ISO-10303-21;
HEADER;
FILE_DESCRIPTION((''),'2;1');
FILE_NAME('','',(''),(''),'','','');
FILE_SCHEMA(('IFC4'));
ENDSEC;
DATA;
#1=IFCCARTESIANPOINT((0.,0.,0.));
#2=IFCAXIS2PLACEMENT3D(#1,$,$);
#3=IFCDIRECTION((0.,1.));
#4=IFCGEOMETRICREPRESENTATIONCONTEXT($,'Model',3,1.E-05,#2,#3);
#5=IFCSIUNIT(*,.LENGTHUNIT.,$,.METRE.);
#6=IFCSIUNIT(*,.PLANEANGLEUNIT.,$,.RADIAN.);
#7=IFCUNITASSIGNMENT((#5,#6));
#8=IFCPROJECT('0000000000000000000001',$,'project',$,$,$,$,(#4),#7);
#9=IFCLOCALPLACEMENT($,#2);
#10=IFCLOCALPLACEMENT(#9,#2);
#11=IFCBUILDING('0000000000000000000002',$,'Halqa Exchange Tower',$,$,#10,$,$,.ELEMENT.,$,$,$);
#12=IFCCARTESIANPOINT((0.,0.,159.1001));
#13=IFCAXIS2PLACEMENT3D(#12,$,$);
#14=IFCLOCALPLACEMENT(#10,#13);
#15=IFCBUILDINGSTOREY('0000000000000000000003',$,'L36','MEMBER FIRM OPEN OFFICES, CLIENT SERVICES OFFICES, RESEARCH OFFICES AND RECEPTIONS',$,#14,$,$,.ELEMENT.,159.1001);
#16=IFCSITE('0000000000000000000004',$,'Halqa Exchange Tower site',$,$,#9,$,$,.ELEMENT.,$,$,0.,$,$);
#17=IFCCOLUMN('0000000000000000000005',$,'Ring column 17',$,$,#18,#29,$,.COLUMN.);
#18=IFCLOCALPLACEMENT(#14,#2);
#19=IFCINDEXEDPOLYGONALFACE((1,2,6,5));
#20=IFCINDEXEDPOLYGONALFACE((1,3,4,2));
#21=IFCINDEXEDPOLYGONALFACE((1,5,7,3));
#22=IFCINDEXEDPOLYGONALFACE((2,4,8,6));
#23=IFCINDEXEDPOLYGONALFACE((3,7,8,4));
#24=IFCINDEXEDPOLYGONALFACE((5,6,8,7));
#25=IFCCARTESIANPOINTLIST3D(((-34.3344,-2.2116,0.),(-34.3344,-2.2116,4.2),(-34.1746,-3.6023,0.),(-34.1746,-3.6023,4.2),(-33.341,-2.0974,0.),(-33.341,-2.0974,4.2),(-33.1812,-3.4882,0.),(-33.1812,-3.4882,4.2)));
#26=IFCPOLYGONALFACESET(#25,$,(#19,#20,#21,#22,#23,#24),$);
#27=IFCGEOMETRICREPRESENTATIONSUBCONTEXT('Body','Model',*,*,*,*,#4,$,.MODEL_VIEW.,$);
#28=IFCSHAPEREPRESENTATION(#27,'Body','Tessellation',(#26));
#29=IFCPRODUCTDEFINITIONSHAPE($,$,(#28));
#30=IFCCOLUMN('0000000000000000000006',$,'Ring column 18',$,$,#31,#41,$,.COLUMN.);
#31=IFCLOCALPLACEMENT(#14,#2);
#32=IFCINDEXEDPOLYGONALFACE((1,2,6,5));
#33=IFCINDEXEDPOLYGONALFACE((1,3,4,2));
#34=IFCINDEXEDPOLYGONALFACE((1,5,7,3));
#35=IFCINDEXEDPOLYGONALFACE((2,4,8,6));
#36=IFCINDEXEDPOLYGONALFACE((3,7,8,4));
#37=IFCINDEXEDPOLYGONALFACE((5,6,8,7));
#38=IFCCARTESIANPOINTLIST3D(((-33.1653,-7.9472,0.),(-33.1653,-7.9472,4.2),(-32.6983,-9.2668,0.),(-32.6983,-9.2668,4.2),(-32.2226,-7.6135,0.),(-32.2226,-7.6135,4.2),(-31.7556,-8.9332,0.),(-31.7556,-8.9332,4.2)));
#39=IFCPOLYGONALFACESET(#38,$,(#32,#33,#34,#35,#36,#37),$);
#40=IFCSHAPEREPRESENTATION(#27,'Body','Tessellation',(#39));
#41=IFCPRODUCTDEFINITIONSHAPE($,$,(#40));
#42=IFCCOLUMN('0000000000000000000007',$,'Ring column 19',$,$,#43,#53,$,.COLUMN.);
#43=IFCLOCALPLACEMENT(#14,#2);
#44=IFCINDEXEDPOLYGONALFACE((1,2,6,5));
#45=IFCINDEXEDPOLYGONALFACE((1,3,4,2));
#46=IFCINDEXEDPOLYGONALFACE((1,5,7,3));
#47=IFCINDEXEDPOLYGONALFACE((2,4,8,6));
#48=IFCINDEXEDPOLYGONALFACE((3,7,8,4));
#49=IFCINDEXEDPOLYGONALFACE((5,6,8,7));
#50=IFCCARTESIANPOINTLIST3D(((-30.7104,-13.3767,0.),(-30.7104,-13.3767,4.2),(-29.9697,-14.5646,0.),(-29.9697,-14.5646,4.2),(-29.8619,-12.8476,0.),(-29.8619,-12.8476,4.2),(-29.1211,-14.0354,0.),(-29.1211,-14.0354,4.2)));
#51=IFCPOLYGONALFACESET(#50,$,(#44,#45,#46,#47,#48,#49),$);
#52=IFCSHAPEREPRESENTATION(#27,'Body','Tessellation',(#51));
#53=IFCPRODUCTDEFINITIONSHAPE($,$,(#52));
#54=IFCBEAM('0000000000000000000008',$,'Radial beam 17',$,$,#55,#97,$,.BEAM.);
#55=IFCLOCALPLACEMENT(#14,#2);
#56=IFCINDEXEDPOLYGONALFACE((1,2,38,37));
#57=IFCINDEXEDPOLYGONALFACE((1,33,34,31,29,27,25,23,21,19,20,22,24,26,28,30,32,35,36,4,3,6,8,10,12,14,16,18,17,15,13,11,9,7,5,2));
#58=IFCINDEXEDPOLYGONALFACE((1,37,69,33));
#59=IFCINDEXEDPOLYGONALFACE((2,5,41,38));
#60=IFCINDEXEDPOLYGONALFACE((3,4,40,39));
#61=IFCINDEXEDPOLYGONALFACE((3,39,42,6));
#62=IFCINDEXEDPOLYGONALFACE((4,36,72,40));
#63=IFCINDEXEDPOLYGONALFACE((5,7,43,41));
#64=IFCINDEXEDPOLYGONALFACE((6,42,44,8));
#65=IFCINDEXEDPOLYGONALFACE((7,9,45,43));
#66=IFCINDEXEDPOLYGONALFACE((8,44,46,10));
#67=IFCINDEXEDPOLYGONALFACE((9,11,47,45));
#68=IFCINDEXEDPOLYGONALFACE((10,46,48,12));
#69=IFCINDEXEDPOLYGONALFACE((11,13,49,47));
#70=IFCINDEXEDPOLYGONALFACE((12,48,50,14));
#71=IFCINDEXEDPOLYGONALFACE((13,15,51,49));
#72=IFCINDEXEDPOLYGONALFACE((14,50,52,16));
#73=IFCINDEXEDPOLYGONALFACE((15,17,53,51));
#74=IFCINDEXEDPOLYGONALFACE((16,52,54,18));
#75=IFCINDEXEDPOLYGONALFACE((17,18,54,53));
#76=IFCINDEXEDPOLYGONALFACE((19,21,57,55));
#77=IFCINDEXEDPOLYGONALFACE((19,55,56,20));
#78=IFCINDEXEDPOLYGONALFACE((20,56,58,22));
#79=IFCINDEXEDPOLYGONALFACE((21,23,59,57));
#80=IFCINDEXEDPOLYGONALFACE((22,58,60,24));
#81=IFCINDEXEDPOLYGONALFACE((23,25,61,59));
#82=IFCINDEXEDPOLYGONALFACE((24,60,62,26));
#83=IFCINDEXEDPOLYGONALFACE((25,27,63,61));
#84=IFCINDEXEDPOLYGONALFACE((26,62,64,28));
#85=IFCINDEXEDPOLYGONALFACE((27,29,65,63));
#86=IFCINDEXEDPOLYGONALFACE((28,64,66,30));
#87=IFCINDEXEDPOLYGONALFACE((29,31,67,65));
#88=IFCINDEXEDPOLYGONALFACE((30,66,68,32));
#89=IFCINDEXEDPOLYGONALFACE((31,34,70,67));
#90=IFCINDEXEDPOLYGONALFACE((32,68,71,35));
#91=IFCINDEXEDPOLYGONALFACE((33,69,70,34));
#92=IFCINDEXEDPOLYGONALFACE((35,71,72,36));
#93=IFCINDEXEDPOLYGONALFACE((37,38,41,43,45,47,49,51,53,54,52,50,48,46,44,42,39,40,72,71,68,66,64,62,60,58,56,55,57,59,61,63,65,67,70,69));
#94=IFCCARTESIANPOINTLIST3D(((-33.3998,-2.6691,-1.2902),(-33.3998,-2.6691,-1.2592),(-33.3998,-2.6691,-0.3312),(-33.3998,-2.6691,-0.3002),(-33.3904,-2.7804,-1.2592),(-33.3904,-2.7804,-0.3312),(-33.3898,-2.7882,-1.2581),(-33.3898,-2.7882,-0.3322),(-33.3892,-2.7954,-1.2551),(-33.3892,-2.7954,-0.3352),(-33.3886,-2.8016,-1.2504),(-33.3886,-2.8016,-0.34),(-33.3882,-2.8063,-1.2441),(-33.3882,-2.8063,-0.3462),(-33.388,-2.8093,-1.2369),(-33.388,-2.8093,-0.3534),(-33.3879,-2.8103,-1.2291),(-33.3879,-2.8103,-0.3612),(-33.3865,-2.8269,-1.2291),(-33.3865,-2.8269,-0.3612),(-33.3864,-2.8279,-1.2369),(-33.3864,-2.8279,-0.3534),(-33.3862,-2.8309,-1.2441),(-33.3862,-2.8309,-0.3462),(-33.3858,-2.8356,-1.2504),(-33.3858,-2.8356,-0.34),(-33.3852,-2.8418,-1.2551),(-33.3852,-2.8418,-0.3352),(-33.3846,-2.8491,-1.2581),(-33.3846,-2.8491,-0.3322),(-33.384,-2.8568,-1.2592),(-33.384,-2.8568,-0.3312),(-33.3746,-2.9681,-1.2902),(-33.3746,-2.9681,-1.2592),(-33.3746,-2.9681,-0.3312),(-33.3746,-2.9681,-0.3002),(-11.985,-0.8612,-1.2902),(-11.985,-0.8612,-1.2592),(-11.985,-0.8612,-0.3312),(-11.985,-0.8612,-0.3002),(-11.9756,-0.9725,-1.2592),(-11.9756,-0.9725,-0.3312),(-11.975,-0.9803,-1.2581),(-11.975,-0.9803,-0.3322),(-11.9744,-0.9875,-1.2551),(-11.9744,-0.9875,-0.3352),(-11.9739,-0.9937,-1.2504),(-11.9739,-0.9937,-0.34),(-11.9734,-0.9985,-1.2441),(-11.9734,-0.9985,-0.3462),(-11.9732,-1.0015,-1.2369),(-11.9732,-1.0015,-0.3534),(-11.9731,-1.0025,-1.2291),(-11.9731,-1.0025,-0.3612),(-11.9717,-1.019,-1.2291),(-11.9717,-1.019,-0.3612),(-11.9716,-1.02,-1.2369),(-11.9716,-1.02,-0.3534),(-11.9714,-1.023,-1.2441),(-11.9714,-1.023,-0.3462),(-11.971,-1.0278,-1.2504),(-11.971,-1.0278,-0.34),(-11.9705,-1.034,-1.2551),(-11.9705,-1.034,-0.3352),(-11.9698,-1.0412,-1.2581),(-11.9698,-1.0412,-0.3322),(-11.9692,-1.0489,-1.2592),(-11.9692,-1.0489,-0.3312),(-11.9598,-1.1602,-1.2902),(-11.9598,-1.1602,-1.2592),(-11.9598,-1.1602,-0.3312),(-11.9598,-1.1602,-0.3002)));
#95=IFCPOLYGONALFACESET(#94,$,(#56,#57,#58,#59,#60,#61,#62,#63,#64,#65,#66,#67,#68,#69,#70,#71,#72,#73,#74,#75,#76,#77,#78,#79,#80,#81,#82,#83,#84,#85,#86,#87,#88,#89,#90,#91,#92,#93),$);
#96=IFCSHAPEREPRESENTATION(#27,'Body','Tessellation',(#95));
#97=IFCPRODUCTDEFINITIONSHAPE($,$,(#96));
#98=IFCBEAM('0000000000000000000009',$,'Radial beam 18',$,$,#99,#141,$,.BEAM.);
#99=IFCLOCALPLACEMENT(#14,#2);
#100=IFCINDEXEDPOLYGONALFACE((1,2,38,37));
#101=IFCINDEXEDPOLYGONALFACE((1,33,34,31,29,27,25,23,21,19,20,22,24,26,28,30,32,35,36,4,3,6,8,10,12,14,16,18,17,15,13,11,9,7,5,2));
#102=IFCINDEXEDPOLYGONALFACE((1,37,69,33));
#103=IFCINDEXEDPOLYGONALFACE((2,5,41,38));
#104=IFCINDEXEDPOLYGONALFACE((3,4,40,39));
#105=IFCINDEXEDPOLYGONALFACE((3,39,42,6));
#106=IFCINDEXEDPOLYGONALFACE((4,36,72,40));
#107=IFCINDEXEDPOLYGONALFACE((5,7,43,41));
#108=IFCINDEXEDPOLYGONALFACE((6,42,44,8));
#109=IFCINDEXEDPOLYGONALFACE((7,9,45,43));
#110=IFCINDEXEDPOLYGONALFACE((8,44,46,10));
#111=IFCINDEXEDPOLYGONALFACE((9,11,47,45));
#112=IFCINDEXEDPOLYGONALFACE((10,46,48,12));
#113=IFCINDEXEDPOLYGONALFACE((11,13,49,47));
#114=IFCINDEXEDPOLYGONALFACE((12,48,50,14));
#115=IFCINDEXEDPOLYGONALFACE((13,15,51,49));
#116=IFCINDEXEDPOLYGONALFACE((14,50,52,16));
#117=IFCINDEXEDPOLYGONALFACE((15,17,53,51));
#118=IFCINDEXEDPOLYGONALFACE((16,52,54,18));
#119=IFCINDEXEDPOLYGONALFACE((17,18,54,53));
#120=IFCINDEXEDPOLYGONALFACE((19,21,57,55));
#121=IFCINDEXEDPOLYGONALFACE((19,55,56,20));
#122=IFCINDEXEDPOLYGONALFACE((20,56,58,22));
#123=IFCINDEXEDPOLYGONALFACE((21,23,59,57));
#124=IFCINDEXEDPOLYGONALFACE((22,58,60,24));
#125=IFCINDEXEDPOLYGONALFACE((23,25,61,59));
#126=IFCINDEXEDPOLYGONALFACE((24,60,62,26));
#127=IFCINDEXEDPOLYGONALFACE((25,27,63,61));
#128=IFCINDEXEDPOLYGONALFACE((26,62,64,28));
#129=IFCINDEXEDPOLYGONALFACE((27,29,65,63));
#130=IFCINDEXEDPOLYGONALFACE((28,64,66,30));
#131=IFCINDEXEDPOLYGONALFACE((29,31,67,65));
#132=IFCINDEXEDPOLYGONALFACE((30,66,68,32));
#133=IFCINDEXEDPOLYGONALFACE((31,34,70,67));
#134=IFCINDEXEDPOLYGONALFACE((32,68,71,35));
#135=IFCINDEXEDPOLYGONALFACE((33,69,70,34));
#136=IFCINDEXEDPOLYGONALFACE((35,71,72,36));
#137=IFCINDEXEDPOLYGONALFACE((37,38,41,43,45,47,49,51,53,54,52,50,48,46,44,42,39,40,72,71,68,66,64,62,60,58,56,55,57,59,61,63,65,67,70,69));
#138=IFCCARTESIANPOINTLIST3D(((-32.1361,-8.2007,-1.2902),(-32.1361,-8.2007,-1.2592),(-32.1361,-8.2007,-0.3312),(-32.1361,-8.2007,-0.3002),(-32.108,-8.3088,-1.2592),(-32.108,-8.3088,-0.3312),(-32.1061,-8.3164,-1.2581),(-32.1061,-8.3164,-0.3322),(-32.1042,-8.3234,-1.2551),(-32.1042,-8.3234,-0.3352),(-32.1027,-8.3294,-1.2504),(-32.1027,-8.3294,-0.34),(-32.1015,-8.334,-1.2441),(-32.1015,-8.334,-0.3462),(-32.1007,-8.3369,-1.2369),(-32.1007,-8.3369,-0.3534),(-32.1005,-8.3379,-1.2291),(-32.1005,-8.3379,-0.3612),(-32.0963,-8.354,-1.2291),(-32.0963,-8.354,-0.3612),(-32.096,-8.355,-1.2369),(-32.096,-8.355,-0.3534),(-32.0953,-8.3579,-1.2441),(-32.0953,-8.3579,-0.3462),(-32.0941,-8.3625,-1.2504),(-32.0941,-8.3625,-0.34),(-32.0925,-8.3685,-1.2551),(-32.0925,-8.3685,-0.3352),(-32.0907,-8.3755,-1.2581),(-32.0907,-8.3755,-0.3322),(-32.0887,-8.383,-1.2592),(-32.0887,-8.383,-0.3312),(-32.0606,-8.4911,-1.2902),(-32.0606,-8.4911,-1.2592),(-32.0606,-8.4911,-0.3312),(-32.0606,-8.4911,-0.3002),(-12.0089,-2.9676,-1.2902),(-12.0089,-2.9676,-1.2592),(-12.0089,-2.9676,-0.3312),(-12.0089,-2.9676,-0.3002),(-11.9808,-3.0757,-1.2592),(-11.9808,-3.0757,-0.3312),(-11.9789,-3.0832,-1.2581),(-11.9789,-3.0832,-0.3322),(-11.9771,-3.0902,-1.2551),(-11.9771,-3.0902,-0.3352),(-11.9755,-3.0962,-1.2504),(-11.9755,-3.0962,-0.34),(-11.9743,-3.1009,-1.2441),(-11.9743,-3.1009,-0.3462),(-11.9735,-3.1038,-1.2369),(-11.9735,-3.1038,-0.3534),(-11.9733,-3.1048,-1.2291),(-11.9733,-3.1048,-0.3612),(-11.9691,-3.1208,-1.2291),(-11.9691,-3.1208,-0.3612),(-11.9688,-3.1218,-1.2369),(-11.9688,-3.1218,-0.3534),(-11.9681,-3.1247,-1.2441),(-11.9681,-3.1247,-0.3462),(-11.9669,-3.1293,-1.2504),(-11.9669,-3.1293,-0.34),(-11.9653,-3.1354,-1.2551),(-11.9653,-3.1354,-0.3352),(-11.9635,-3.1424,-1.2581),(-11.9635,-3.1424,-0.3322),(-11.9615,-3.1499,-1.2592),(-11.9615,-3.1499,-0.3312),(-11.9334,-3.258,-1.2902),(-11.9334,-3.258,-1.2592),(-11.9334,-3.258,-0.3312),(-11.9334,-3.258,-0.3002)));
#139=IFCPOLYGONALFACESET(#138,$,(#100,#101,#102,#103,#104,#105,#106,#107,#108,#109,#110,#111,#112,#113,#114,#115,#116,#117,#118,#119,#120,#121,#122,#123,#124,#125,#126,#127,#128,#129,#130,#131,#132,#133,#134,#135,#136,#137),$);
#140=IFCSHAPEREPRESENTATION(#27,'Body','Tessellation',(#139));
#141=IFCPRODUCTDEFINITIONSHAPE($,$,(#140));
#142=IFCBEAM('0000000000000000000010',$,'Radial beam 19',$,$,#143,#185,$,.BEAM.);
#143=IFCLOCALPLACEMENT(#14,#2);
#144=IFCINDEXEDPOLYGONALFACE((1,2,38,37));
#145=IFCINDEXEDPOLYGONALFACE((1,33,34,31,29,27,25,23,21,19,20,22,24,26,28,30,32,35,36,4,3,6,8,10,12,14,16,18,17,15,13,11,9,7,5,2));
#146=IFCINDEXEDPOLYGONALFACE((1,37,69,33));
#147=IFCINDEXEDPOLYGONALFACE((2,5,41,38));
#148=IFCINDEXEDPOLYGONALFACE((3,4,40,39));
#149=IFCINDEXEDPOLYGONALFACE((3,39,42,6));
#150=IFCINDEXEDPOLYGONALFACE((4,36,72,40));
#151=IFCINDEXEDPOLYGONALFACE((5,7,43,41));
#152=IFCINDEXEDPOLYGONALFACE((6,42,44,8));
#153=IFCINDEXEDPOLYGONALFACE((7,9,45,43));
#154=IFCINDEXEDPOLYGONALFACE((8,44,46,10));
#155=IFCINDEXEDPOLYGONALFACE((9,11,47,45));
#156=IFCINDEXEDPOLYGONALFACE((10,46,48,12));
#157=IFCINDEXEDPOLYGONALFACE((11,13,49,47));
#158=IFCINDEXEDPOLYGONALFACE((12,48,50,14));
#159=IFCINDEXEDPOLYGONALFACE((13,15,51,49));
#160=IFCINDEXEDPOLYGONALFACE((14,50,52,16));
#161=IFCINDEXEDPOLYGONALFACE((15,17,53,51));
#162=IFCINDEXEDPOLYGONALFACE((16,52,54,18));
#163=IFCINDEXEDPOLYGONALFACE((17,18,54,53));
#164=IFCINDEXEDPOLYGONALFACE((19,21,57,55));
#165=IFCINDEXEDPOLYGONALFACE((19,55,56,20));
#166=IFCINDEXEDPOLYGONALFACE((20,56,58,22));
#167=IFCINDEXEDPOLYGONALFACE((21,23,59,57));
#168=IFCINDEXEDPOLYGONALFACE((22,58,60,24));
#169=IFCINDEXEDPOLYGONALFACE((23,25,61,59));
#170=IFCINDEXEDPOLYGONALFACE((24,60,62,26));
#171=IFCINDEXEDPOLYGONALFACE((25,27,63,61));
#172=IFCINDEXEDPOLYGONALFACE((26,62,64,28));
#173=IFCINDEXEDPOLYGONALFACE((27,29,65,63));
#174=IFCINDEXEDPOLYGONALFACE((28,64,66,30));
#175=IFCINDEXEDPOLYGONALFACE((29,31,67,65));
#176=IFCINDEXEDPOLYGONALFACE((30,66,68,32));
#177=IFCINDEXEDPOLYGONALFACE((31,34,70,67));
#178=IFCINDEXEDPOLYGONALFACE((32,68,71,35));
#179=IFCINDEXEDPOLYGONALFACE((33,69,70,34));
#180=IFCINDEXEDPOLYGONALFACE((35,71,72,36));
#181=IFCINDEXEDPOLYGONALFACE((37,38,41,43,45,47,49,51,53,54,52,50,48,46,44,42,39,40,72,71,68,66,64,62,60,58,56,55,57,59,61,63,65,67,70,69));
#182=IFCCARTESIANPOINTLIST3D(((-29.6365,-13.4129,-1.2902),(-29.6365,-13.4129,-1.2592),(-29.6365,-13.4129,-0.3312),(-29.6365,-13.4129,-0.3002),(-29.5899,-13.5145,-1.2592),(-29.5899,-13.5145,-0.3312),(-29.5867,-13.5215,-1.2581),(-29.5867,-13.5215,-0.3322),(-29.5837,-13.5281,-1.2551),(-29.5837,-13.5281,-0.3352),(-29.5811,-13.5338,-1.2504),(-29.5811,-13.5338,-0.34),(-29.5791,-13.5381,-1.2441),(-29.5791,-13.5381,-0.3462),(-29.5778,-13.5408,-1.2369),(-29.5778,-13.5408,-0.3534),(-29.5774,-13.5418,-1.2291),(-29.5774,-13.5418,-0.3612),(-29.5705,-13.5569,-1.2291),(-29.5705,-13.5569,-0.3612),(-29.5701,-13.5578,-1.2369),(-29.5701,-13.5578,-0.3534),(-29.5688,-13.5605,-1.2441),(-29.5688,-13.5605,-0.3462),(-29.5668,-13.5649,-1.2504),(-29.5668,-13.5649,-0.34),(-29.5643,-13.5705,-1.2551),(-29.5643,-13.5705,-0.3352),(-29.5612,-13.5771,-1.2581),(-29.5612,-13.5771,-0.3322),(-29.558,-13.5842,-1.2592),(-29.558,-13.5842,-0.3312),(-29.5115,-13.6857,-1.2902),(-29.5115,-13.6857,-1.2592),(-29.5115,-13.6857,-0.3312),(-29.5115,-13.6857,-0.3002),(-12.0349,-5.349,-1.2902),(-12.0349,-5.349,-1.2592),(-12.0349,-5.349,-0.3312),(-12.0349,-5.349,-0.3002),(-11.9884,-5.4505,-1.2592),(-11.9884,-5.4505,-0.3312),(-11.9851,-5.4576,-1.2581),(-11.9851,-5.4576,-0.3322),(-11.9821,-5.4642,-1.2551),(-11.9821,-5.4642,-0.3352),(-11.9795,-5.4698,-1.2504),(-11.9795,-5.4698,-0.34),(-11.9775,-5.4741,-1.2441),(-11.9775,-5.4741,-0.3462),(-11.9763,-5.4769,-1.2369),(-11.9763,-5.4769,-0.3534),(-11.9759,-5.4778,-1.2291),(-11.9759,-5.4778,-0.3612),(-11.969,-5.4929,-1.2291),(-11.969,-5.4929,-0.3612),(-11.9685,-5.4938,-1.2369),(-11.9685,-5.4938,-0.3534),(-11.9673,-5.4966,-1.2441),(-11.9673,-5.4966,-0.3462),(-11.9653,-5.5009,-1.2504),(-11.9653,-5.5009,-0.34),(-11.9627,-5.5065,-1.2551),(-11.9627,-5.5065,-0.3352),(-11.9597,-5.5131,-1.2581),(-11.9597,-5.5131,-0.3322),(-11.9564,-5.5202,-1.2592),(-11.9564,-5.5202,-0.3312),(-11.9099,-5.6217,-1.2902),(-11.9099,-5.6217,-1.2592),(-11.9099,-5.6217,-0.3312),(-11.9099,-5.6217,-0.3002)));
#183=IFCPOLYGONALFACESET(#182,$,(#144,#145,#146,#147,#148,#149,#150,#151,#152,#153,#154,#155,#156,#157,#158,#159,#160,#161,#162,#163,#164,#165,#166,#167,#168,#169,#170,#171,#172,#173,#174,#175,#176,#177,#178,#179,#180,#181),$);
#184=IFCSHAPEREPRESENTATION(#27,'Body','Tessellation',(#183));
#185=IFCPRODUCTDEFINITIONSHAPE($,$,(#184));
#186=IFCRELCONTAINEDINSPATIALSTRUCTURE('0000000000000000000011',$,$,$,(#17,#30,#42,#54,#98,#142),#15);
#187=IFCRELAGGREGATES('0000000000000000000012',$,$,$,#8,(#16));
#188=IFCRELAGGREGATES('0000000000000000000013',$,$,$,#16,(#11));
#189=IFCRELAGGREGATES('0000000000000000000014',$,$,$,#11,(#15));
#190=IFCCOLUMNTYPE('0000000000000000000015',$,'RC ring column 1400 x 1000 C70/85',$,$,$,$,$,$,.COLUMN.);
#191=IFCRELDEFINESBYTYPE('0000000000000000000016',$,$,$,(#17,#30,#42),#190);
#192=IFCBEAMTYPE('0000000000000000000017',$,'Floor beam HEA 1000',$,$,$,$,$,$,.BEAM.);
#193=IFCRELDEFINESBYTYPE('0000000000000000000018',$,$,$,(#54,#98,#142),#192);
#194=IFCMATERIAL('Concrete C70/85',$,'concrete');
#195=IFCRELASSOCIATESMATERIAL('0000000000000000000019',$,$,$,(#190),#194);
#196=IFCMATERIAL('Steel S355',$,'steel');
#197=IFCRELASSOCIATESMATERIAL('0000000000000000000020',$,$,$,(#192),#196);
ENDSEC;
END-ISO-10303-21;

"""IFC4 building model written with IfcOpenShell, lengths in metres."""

from ifc_helpers import new_model, si_unit, direction, frame, origin, origin_2d, place, context, subcontext, project, spatial, rectangle, i_section, extrude, material, material_profile, profile_set, type_object, element, save


model = new_model("IFC4")

# Units and contexts
model_context = context("Model", 3, precision=1e-05, world=origin(), true_north=direction((0.0, 1.0)))
body_context = subcontext(model_context, "Body", "Model", "MODEL_VIEW")
ifc_project = project(units=[si_unit("LENGTHUNIT", "METRE"), si_unit("PLANEANGLEUNIT", "RADIAN")], contexts=[model_context])

# Site, building, storey
site_placement = place(None, origin())
site = spatial("IfcSite", under=ifc_project, at=site_placement, Name="Halqa Exchange Tower site", CompositionType="ELEMENT", RefElevation=0.0)
building_placement = place(site_placement, origin())
building = spatial("IfcBuilding", under=site, at=building_placement, Name="Halqa Exchange Tower", CompositionType="ELEMENT")
storey_placement = place(building_placement, frame((0.0, 0.0, 159.1001)))
storey = spatial("IfcBuildingStorey", under=building, at=storey_placement, Name="L36", Description="MEMBER FIRM OPEN OFFICES, CLIENT SERVICES OFFICES, RESEARCH OFFICES AND RECEPTIONS", CompositionType="ELEMENT", Elevation=159.1001)

# Columns
ifc_material_1 = material(Name="Concrete C70/85", Category="concrete")
ifc_material_profile_1 = material_profile(ifc_material_1, rectangle(XDim=1.3999, YDim=1.0, at=origin_2d()), Name="1400 x 1000")
ifc_profile_set_1 = profile_set([ifc_material_profile_1], Name="Concrete C70/85")
column_type = type_object("IfcColumnType", Name="RC ring column 1400 x 1000 C70/85", PredefinedType="COLUMN", material=ifc_profile_set_1)
for number, where, z_axis, x_axis, name in (
    (1, (-33.7578, -2.8499, 0.0), (0.0, 0.0, 1.0), (0.114155, -0.993463, 0.0), "Ring column 17"),
    (2, (-32.4604, -8.4402, 0.0), (0.0, 0.0, 1.0), (0.333634, -0.942703, 0.0), "Ring column 18"),
    (3, (-29.9158, -13.7061, 0.0), (0.0, 0.0, 1.0), (0.529143, -0.848532, 0.0), "Ring column 19"),
):
    element("IfcColumn", number, at=place(storey_placement, frame(where, z_axis=z_axis, x_axis=x_axis)), inside=storey, type_object=column_type, Name=name, PredefinedType="COLUMN", context=body_context, shape_type="SweptSolid", body=[
        extrude(rectangle(XDim=1.3999, YDim=1.0, at=origin_2d()), origin(), (0.0, 0.0, 1.0), 4.2),
    ])

# Beams
ifc_material_2 = material(Name="Steel S355", Category="steel")
ifc_material_profile_2 = material_profile(ifc_material_2, i_section(OverallWidth=0.3, OverallDepth=0.99, WebThickness=0.0166, FlangeThickness=0.031, FilletRadius=0.03, at=origin_2d()), Name="HEA 1000")
ifc_profile_set_2 = profile_set([ifc_material_profile_2], Name="Steel S355")
beam_type_1 = type_object("IfcBeamType", Name="Floor beam HEA 1000", PredefinedType="BEAM", material=ifc_profile_set_2)
beam_1_placement = place(storey_placement, frame((-11.9724, -1.0107, -0.7952), z_axis=(-0.996455, -0.084122, 0.0), x_axis=(0.084122, -0.996455, 0.0)))
element("IfcBeam", 4, at=beam_1_placement, inside=storey, type_object=beam_type_1, Name="Radial beam 17", PredefinedType="BEAM", context=body_context, shape_type="SweptSolid", body=[
    extrude(i_section(OverallWidth=0.3, OverallDepth=0.99, WebThickness=0.0166, FlangeThickness=0.031, FilletRadius=0.03, at=origin_2d()), origin(), (0.0, 0.0, 1.0), 21.491),
])
beam_2_placement = place(storey_placement, frame((-11.9712, -3.1128, -0.7952), z_axis=(-0.967822, -0.251638, 0.0), x_axis=(0.251638, -0.967822, 0.0)))
element("IfcBeam", 5, at=beam_2_placement, inside=storey, type_object=beam_type_1, Name="Radial beam 18", PredefinedType="BEAM", context=body_context, shape_type="SweptSolid", body=[
    extrude(i_section(OverallWidth=0.3, OverallDepth=0.99, WebThickness=0.0166, FlangeThickness=0.031, FilletRadius=0.03, at=origin_2d()), origin(), (0.0, 0.0, 1.0), 20.7964),
])
beam_3_placement = place(storey_placement, frame((-11.9724, -5.4854, -0.7952), z_axis=(-0.909132, -0.416509, 0.0), x_axis=(0.416509, -0.909132, 0.0)))
element("IfcBeam", 6, at=beam_3_placement, inside=storey, type_object=beam_type_1, Name="Radial beam 19", PredefinedType="BEAM", context=body_context, shape_type="SweptSolid", body=[
    extrude(i_section(OverallWidth=0.3, OverallDepth=0.99, WebThickness=0.0166, FlangeThickness=0.031, FilletRadius=0.03, at=origin_2d()), origin(), (0.0, 0.0, 1.0), 19.3608),
])

save(model, "model.ifc")
